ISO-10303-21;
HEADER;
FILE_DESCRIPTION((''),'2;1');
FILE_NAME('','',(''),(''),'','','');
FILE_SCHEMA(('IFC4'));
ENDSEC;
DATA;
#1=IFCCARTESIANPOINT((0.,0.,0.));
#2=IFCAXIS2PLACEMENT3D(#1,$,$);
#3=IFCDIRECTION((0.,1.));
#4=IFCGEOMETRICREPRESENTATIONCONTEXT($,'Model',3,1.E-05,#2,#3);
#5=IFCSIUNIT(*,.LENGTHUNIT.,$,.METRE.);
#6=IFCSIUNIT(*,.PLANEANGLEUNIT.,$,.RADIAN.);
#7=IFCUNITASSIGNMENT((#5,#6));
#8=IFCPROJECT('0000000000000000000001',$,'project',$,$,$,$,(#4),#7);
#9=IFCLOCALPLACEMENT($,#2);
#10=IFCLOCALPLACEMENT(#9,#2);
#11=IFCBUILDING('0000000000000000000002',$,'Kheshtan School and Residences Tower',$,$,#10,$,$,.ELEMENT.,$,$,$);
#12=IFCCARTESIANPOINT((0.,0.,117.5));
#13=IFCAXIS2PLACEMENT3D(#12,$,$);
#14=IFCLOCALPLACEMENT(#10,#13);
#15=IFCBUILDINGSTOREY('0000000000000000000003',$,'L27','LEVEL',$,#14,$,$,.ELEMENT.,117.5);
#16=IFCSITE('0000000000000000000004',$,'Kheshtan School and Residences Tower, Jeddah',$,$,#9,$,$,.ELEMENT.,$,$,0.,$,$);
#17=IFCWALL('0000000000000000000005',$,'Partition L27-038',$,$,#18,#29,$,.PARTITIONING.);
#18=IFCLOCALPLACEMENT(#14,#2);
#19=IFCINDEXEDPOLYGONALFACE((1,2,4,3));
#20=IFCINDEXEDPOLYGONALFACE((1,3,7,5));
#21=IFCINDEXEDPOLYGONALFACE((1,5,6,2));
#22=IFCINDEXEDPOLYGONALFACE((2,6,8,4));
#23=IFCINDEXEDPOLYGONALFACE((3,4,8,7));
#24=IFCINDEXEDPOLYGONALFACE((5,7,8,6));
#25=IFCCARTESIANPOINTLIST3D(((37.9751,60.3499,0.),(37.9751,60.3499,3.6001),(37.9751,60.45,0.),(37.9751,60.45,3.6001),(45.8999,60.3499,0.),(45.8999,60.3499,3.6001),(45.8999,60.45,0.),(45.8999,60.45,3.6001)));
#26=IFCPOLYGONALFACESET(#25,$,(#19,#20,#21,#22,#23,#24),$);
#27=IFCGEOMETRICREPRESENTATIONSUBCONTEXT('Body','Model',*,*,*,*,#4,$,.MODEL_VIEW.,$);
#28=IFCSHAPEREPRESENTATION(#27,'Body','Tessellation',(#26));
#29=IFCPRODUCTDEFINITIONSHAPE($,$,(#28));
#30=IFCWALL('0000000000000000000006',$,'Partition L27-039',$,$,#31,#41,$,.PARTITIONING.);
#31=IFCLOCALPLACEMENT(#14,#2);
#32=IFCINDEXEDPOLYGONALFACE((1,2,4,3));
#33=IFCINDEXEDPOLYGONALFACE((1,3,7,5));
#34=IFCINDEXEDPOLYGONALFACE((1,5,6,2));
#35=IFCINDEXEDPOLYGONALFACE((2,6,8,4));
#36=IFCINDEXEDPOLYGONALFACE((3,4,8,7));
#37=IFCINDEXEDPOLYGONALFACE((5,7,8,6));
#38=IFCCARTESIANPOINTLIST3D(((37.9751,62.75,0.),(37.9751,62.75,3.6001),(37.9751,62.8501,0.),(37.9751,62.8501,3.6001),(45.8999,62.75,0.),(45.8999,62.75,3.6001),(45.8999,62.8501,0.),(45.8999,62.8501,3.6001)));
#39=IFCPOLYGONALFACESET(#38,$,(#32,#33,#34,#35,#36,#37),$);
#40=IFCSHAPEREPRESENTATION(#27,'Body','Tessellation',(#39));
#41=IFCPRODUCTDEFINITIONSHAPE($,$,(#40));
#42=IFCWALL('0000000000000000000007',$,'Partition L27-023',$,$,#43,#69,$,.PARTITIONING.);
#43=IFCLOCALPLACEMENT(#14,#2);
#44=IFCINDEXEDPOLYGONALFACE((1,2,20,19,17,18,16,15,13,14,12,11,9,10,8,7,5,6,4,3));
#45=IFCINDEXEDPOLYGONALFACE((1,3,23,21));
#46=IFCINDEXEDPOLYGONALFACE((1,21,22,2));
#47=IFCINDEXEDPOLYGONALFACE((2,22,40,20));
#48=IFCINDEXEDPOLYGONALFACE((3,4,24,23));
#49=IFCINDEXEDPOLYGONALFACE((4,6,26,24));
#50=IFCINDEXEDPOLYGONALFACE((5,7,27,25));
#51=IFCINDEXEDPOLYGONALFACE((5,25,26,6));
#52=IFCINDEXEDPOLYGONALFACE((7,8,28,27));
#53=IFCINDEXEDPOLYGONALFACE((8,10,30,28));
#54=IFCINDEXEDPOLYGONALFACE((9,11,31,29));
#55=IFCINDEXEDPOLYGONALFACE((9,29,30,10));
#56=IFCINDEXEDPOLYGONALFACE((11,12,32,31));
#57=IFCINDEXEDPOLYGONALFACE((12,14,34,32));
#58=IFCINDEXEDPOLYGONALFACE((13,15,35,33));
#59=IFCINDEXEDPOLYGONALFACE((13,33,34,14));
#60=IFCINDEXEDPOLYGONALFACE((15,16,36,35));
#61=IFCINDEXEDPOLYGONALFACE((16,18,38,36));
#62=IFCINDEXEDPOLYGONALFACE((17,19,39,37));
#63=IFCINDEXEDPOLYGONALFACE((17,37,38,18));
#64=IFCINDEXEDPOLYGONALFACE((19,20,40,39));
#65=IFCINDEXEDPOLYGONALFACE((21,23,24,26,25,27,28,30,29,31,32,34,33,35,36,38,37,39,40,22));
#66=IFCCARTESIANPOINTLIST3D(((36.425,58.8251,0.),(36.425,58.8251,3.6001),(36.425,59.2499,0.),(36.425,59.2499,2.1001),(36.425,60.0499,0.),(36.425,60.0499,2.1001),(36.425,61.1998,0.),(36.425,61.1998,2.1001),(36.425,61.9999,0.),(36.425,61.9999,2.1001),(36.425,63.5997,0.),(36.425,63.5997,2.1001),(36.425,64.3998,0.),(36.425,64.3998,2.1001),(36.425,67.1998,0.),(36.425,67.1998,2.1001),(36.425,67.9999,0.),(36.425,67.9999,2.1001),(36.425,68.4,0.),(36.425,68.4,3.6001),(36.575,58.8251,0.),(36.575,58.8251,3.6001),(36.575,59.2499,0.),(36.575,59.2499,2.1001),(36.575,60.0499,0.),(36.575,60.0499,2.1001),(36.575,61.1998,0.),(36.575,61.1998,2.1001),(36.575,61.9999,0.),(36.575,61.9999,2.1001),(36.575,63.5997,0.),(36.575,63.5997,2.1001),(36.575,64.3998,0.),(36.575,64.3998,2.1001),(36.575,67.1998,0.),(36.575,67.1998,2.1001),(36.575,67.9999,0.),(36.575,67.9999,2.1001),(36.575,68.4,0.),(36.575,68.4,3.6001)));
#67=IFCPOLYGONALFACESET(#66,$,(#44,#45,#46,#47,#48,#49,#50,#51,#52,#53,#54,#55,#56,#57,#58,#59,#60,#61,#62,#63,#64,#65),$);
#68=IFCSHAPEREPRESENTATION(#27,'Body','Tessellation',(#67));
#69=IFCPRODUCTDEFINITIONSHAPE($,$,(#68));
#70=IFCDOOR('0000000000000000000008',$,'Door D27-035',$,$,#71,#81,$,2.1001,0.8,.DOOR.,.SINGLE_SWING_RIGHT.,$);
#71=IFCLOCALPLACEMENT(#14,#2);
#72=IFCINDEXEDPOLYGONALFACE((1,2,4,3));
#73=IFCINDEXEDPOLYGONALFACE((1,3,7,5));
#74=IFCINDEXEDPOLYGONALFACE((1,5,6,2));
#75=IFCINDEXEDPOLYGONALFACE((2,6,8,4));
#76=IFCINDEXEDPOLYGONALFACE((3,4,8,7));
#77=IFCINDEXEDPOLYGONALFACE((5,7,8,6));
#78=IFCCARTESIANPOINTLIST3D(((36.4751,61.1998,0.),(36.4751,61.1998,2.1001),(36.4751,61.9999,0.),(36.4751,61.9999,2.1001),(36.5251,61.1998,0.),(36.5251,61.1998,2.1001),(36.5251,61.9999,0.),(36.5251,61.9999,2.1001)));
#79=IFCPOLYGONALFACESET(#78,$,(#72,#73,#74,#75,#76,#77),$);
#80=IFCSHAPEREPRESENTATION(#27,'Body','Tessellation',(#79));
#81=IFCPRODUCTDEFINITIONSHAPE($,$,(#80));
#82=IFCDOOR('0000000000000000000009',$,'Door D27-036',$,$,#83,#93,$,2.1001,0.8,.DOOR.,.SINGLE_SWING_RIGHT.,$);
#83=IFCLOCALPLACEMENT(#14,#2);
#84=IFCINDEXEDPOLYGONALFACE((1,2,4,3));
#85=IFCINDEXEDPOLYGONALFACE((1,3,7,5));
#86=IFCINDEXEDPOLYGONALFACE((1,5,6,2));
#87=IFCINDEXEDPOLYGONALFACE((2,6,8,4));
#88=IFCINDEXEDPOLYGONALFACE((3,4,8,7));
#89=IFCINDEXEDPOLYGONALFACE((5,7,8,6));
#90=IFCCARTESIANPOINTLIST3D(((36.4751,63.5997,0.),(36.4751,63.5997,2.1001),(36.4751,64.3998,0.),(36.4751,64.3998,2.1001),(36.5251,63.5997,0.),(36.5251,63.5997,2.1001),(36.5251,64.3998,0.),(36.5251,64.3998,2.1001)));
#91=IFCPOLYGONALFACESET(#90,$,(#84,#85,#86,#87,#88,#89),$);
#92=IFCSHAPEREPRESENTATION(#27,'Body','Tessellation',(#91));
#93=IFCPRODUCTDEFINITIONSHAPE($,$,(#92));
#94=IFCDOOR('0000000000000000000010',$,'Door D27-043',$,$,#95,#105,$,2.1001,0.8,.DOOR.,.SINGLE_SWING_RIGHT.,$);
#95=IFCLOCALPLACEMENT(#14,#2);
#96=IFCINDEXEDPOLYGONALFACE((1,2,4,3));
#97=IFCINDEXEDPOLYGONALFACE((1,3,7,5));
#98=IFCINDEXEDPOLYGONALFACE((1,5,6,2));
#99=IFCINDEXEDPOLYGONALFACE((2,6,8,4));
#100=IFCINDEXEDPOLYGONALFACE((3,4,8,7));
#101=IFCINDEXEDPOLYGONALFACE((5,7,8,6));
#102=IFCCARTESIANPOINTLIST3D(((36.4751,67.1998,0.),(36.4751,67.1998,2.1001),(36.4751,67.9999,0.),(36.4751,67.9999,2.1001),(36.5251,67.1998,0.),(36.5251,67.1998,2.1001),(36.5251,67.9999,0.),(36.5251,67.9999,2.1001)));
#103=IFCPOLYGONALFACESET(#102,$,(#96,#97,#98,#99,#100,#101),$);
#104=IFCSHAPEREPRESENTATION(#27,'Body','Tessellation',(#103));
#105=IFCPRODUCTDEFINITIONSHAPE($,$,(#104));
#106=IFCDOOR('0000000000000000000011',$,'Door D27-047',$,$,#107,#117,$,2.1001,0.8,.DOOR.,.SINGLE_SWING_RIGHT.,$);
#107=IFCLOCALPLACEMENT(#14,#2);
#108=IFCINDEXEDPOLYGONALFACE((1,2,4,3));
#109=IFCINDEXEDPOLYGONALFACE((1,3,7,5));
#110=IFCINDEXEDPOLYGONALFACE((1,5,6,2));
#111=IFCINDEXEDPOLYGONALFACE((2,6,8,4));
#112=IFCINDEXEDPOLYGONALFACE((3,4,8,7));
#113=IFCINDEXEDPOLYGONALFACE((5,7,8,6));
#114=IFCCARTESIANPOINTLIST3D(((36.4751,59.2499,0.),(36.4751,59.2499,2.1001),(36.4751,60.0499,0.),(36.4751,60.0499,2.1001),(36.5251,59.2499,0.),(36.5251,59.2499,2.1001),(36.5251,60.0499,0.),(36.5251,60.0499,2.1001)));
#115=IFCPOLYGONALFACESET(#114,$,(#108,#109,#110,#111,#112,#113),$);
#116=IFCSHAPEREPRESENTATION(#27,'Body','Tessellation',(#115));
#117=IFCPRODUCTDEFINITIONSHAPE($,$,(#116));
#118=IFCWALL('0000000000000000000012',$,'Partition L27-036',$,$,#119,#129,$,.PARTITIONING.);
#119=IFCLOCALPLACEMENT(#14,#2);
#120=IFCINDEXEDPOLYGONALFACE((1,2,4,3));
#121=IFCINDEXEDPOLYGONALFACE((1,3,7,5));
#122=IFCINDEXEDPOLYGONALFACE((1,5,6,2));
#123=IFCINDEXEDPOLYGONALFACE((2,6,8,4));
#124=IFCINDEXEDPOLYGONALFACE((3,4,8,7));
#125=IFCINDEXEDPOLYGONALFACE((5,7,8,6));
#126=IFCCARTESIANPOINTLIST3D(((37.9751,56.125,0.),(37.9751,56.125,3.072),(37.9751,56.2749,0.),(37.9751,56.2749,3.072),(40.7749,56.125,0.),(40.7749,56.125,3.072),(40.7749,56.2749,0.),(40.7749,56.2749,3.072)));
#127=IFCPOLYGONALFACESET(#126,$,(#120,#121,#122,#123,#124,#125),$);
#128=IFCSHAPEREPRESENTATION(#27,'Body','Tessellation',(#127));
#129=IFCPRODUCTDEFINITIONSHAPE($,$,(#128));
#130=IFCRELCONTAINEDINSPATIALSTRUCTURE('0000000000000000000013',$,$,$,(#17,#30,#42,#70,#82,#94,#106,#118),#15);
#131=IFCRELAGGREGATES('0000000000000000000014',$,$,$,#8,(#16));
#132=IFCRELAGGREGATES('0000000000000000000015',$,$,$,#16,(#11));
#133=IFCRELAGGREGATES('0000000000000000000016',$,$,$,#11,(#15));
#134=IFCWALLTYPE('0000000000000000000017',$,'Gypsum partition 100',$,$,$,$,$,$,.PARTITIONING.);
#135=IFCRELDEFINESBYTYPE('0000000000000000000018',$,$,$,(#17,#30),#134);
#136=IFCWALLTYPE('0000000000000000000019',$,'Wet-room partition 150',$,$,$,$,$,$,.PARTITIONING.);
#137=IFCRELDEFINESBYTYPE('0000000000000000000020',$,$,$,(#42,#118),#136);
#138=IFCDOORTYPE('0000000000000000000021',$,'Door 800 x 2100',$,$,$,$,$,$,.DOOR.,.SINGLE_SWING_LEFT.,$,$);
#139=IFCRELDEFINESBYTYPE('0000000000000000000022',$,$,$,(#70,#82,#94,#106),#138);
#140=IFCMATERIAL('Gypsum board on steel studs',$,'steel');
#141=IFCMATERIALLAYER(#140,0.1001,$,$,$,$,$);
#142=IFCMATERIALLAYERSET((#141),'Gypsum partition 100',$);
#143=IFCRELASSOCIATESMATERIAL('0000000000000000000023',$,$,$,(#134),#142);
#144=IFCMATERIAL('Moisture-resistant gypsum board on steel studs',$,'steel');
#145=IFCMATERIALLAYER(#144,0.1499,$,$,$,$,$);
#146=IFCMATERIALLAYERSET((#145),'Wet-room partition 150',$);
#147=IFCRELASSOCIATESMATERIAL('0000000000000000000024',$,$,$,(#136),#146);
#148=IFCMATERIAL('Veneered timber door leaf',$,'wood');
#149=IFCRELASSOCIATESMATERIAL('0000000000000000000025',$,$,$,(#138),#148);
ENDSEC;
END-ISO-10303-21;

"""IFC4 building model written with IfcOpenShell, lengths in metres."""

from ifc_helpers import new_model, si_unit, direction, frame, frame_2d, origin, place, context, subcontext, project, spatial, rectangle, extrude, source, transform, mapped, material, layer, layer_set, type_object, element, fill, save


model = new_model("IFC4")

# Units and contexts
model_context = context("Model", 3, precision=1e-05, world=origin(), true_north=direction((0.0, 1.0)))
body_context = subcontext(model_context, "Body", "Model", "MODEL_VIEW")
ifc_project = project(units=[si_unit("LENGTHUNIT", "METRE"), si_unit("PLANEANGLEUNIT", "RADIAN")], contexts=[model_context])

# Site, building, storey
site_placement = place(None, origin())
site = spatial("IfcSite", under=ifc_project, at=site_placement, Name="Kheshtan School and Residences Tower, Jeddah", CompositionType="ELEMENT", RefElevation=0.0)
building_placement = place(site_placement, origin())
building = spatial("IfcBuilding", under=site, at=building_placement, Name="Kheshtan School and Residences Tower", CompositionType="ELEMENT")
storey_placement = place(building_placement, frame((0.0, 0.0, 117.5)))
storey = spatial("IfcBuildingStorey", under=building, at=storey_placement, Name="L27", Description="LEVEL", CompositionType="ELEMENT", Elevation=117.5)

# Walls
ifc_material_1 = material(Name="Gypsum board on steel studs", Category="steel")
ifc_layer_1 = layer(ifc_material_1, 0.1001)
ifc_layer_set_1 = layer_set([ifc_layer_1], Name="Gypsum partition 100")
wall_type_1 = type_object("IfcWallType", Name="Gypsum partition 100", PredefinedType="PARTITIONING", material=ifc_layer_set_1)
for number, where, z_axis, x_axis, name in (
    (1, (37.9751, 60.3999, 0.0), (0.0, 0.0, 1.0), (1.0, 0.0, 0.0), "Partition L27-038"),
    (2, (37.9751, 62.8, 0.0), (0.0, 0.0, 1.0), (1.0, 0.0, 0.0), "Partition L27-039"),
):
    element("IfcWall", number, at=place(storey_placement, frame(where, z_axis=z_axis, x_axis=x_axis)), inside=storey, type_object=wall_type_1, Name=name, PredefinedType="PARTITIONING", context=body_context, shape_type="SweptSolid", body=[
        extrude(rectangle(XDim=7.9248, YDim=0.1001, at=frame_2d((3.9624, 0.0))), origin(), (0.0, 0.0, 1.0), 3.6001),
    ])

# Wall, openings, doors
ifc_material_2 = material(Name="Moisture-resistant gypsum board on steel studs", Category="steel")
ifc_layer_2 = layer(ifc_material_2, 0.1499)
ifc_layer_set_2 = layer_set([ifc_layer_2], Name="Wet-room partition 150")
wall_type_2 = type_object("IfcWallType", Name="Wet-room partition 150", PredefinedType="PARTITIONING", material=ifc_layer_set_2)
wall_1_placement = place(storey_placement, frame((36.5, 58.825, 0.0), z_axis=(0.0, 0.0, 1.0), x_axis=(0.0, 1.0, 0.0)))
wall_1 = element("IfcWall", 3, at=wall_1_placement, inside=storey, type_object=wall_type_2, Name="Partition L27-023", PredefinedType="PARTITIONING", context=body_context, shape_type="SweptSolid", body=[
    extrude(rectangle(XDim=9.575, YDim=0.1499, at=frame_2d((4.7876, 0.0))), origin(), (0.0, 0.0, 1.0), 3.6001),
])
opening_1_placement = place(wall_1_placement, frame((2.375, 0.0, 0.0)))
opening_1 = element("IfcOpeningElement", 4, at=opening_1_placement, cuts=wall_1, PredefinedType="OPENING", context=body_context, shape_type="SweptSolid", body=[
    extrude(rectangle(XDim=0.8, YDim=2.1001, at=frame_2d((0.3999, 1.05))), frame((0.0, 0.085, 0.0), z_axis=(0.0, -1.0, 0.0), x_axis=(1.0, 0.0, 0.0)), (0.0, 0.0, 1.0), 0.1699),
])
opening_2_placement = place(wall_1_placement, frame((4.7749, 0.0, 0.0)))
opening_2 = element("IfcOpeningElement", 5, at=opening_2_placement, cuts=wall_1, PredefinedType="OPENING", context=body_context, shape_type="SweptSolid", body=[
    extrude(rectangle(XDim=0.8, YDim=2.1001, at=frame_2d((0.3999, 1.05))), frame((0.0, 0.085, 0.0), z_axis=(0.0, -1.0, 0.0), x_axis=(1.0, 0.0, 0.0)), (0.0, 0.0, 1.0), 0.1699),
])
opening_3_placement = place(wall_1_placement, frame((8.375, 0.0, 0.0)))
opening_3 = element("IfcOpeningElement", 6, at=opening_3_placement, cuts=wall_1, PredefinedType="OPENING", context=body_context, shape_type="SweptSolid", body=[
    extrude(rectangle(XDim=0.8, YDim=2.1001, at=frame_2d((0.3999, 1.05))), frame((0.0, 0.085, 0.0), z_axis=(0.0, -1.0, 0.0), x_axis=(1.0, 0.0, 0.0)), (0.0, 0.0, 1.0), 0.1699),
])
opening_4_placement = place(wall_1_placement, frame((0.425, 0.0, 0.0)))
opening_4 = element("IfcOpeningElement", 7, at=opening_4_placement, cuts=wall_1, PredefinedType="OPENING", context=body_context, shape_type="SweptSolid", body=[
    extrude(rectangle(XDim=0.8, YDim=2.1001, at=frame_2d((0.3999, 1.05))), frame((0.0, 0.085, 0.0), z_axis=(0.0, -1.0, 0.0), x_axis=(1.0, 0.0, 0.0)), (0.0, 0.0, 1.0), 0.1699),
])
ifc_material_3 = material(Name="Veneered timber door leaf", Category="wood")
door_type = type_object("IfcDoorType", Name="Door 800 x 2100", OperationType="SINGLE_SWING_LEFT", PredefinedType="DOOR", material=ifc_material_3)
shared_shape = source(origin(), body_context, "Body", "SweptSolid", [
    extrude(rectangle(XDim=0.8, YDim=2.1001, at=frame_2d((0.3999, 1.05))), frame((0.0, 0.0249, 0.0), z_axis=(0.0, -1.0, 0.0), x_axis=(1.0, 0.0, 0.0)), (0.0, 0.0, 1.0), 0.05),
])
door_1_placement = place(opening_1_placement, origin())
door_1 = element("IfcDoor", 8, at=door_1_placement, inside=storey, type_object=door_type, Name="Door D27-035", OperationType="SINGLE_SWING_RIGHT", OverallHeight=2.1001, OverallWidth=0.8, PredefinedType="DOOR", context=body_context, shape_type="MappedRepresentation", body=[
    mapped(shared_shape, transform((0.0, 0.0, 0.0), x_axis=(1.0, 0.0, 0.0), y_axis=(0.0, 1.0, 0.0), z_axis=(0.0, 0.0, 1.0), scale=1.0)),
])
fill(opening_1, door_1)
door_2_placement = place(opening_2_placement, origin())
door_2 = element("IfcDoor", 9, at=door_2_placement, inside=storey, type_object=door_type, Name="Door D27-036", OperationType="SINGLE_SWING_RIGHT", OverallHeight=2.1001, OverallWidth=0.8, PredefinedType="DOOR", context=body_context, shape_type="MappedRepresentation", body=[
    mapped(shared_shape, transform((0.0, 0.0, 0.0), x_axis=(1.0, 0.0, 0.0), y_axis=(0.0, 1.0, 0.0), z_axis=(0.0, 0.0, 1.0), scale=1.0)),
])
fill(opening_2, door_2)
door_3_placement = place(opening_3_placement, origin())
door_3 = element("IfcDoor", 10, at=door_3_placement, inside=storey, type_object=door_type, Name="Door D27-043", OperationType="SINGLE_SWING_RIGHT", OverallHeight=2.1001, OverallWidth=0.8, PredefinedType="DOOR", context=body_context, shape_type="MappedRepresentation", body=[
    mapped(shared_shape, transform((0.0, 0.0, 0.0), x_axis=(1.0, 0.0, 0.0), y_axis=(0.0, 1.0, 0.0), z_axis=(0.0, 0.0, 1.0), scale=1.0)),
])
fill(opening_3, door_3)
door_4_placement = place(opening_4_placement, origin())
door_4 = element("IfcDoor", 11, at=door_4_placement, inside=storey, type_object=door_type, Name="Door D27-047", OperationType="SINGLE_SWING_RIGHT", OverallHeight=2.1001, OverallWidth=0.8, PredefinedType="DOOR", context=body_context, shape_type="MappedRepresentation", body=[
    mapped(shared_shape, transform((0.0, 0.0, 0.0), x_axis=(1.0, 0.0, 0.0), y_axis=(0.0, 1.0, 0.0), z_axis=(0.0, 0.0, 1.0), scale=1.0)),
])
fill(opening_4, door_4)

# Wall
wall_2_placement = place(storey_placement, frame((37.9751, 56.2, 0.0), z_axis=(0.0, 0.0, 1.0), x_axis=(1.0, 0.0, 0.0)))
element("IfcWall", 12, at=wall_2_placement, inside=storey, type_object=wall_type_2, Name="Partition L27-036", PredefinedType="PARTITIONING", context=body_context, shape_type="SweptSolid", body=[
    extrude(rectangle(XDim=2.7998, YDim=0.1499, at=frame_2d((1.3999, 0.0))), origin(), (0.0, 0.0, 1.0), 3.072),
])

save(model, "model.ifc")
